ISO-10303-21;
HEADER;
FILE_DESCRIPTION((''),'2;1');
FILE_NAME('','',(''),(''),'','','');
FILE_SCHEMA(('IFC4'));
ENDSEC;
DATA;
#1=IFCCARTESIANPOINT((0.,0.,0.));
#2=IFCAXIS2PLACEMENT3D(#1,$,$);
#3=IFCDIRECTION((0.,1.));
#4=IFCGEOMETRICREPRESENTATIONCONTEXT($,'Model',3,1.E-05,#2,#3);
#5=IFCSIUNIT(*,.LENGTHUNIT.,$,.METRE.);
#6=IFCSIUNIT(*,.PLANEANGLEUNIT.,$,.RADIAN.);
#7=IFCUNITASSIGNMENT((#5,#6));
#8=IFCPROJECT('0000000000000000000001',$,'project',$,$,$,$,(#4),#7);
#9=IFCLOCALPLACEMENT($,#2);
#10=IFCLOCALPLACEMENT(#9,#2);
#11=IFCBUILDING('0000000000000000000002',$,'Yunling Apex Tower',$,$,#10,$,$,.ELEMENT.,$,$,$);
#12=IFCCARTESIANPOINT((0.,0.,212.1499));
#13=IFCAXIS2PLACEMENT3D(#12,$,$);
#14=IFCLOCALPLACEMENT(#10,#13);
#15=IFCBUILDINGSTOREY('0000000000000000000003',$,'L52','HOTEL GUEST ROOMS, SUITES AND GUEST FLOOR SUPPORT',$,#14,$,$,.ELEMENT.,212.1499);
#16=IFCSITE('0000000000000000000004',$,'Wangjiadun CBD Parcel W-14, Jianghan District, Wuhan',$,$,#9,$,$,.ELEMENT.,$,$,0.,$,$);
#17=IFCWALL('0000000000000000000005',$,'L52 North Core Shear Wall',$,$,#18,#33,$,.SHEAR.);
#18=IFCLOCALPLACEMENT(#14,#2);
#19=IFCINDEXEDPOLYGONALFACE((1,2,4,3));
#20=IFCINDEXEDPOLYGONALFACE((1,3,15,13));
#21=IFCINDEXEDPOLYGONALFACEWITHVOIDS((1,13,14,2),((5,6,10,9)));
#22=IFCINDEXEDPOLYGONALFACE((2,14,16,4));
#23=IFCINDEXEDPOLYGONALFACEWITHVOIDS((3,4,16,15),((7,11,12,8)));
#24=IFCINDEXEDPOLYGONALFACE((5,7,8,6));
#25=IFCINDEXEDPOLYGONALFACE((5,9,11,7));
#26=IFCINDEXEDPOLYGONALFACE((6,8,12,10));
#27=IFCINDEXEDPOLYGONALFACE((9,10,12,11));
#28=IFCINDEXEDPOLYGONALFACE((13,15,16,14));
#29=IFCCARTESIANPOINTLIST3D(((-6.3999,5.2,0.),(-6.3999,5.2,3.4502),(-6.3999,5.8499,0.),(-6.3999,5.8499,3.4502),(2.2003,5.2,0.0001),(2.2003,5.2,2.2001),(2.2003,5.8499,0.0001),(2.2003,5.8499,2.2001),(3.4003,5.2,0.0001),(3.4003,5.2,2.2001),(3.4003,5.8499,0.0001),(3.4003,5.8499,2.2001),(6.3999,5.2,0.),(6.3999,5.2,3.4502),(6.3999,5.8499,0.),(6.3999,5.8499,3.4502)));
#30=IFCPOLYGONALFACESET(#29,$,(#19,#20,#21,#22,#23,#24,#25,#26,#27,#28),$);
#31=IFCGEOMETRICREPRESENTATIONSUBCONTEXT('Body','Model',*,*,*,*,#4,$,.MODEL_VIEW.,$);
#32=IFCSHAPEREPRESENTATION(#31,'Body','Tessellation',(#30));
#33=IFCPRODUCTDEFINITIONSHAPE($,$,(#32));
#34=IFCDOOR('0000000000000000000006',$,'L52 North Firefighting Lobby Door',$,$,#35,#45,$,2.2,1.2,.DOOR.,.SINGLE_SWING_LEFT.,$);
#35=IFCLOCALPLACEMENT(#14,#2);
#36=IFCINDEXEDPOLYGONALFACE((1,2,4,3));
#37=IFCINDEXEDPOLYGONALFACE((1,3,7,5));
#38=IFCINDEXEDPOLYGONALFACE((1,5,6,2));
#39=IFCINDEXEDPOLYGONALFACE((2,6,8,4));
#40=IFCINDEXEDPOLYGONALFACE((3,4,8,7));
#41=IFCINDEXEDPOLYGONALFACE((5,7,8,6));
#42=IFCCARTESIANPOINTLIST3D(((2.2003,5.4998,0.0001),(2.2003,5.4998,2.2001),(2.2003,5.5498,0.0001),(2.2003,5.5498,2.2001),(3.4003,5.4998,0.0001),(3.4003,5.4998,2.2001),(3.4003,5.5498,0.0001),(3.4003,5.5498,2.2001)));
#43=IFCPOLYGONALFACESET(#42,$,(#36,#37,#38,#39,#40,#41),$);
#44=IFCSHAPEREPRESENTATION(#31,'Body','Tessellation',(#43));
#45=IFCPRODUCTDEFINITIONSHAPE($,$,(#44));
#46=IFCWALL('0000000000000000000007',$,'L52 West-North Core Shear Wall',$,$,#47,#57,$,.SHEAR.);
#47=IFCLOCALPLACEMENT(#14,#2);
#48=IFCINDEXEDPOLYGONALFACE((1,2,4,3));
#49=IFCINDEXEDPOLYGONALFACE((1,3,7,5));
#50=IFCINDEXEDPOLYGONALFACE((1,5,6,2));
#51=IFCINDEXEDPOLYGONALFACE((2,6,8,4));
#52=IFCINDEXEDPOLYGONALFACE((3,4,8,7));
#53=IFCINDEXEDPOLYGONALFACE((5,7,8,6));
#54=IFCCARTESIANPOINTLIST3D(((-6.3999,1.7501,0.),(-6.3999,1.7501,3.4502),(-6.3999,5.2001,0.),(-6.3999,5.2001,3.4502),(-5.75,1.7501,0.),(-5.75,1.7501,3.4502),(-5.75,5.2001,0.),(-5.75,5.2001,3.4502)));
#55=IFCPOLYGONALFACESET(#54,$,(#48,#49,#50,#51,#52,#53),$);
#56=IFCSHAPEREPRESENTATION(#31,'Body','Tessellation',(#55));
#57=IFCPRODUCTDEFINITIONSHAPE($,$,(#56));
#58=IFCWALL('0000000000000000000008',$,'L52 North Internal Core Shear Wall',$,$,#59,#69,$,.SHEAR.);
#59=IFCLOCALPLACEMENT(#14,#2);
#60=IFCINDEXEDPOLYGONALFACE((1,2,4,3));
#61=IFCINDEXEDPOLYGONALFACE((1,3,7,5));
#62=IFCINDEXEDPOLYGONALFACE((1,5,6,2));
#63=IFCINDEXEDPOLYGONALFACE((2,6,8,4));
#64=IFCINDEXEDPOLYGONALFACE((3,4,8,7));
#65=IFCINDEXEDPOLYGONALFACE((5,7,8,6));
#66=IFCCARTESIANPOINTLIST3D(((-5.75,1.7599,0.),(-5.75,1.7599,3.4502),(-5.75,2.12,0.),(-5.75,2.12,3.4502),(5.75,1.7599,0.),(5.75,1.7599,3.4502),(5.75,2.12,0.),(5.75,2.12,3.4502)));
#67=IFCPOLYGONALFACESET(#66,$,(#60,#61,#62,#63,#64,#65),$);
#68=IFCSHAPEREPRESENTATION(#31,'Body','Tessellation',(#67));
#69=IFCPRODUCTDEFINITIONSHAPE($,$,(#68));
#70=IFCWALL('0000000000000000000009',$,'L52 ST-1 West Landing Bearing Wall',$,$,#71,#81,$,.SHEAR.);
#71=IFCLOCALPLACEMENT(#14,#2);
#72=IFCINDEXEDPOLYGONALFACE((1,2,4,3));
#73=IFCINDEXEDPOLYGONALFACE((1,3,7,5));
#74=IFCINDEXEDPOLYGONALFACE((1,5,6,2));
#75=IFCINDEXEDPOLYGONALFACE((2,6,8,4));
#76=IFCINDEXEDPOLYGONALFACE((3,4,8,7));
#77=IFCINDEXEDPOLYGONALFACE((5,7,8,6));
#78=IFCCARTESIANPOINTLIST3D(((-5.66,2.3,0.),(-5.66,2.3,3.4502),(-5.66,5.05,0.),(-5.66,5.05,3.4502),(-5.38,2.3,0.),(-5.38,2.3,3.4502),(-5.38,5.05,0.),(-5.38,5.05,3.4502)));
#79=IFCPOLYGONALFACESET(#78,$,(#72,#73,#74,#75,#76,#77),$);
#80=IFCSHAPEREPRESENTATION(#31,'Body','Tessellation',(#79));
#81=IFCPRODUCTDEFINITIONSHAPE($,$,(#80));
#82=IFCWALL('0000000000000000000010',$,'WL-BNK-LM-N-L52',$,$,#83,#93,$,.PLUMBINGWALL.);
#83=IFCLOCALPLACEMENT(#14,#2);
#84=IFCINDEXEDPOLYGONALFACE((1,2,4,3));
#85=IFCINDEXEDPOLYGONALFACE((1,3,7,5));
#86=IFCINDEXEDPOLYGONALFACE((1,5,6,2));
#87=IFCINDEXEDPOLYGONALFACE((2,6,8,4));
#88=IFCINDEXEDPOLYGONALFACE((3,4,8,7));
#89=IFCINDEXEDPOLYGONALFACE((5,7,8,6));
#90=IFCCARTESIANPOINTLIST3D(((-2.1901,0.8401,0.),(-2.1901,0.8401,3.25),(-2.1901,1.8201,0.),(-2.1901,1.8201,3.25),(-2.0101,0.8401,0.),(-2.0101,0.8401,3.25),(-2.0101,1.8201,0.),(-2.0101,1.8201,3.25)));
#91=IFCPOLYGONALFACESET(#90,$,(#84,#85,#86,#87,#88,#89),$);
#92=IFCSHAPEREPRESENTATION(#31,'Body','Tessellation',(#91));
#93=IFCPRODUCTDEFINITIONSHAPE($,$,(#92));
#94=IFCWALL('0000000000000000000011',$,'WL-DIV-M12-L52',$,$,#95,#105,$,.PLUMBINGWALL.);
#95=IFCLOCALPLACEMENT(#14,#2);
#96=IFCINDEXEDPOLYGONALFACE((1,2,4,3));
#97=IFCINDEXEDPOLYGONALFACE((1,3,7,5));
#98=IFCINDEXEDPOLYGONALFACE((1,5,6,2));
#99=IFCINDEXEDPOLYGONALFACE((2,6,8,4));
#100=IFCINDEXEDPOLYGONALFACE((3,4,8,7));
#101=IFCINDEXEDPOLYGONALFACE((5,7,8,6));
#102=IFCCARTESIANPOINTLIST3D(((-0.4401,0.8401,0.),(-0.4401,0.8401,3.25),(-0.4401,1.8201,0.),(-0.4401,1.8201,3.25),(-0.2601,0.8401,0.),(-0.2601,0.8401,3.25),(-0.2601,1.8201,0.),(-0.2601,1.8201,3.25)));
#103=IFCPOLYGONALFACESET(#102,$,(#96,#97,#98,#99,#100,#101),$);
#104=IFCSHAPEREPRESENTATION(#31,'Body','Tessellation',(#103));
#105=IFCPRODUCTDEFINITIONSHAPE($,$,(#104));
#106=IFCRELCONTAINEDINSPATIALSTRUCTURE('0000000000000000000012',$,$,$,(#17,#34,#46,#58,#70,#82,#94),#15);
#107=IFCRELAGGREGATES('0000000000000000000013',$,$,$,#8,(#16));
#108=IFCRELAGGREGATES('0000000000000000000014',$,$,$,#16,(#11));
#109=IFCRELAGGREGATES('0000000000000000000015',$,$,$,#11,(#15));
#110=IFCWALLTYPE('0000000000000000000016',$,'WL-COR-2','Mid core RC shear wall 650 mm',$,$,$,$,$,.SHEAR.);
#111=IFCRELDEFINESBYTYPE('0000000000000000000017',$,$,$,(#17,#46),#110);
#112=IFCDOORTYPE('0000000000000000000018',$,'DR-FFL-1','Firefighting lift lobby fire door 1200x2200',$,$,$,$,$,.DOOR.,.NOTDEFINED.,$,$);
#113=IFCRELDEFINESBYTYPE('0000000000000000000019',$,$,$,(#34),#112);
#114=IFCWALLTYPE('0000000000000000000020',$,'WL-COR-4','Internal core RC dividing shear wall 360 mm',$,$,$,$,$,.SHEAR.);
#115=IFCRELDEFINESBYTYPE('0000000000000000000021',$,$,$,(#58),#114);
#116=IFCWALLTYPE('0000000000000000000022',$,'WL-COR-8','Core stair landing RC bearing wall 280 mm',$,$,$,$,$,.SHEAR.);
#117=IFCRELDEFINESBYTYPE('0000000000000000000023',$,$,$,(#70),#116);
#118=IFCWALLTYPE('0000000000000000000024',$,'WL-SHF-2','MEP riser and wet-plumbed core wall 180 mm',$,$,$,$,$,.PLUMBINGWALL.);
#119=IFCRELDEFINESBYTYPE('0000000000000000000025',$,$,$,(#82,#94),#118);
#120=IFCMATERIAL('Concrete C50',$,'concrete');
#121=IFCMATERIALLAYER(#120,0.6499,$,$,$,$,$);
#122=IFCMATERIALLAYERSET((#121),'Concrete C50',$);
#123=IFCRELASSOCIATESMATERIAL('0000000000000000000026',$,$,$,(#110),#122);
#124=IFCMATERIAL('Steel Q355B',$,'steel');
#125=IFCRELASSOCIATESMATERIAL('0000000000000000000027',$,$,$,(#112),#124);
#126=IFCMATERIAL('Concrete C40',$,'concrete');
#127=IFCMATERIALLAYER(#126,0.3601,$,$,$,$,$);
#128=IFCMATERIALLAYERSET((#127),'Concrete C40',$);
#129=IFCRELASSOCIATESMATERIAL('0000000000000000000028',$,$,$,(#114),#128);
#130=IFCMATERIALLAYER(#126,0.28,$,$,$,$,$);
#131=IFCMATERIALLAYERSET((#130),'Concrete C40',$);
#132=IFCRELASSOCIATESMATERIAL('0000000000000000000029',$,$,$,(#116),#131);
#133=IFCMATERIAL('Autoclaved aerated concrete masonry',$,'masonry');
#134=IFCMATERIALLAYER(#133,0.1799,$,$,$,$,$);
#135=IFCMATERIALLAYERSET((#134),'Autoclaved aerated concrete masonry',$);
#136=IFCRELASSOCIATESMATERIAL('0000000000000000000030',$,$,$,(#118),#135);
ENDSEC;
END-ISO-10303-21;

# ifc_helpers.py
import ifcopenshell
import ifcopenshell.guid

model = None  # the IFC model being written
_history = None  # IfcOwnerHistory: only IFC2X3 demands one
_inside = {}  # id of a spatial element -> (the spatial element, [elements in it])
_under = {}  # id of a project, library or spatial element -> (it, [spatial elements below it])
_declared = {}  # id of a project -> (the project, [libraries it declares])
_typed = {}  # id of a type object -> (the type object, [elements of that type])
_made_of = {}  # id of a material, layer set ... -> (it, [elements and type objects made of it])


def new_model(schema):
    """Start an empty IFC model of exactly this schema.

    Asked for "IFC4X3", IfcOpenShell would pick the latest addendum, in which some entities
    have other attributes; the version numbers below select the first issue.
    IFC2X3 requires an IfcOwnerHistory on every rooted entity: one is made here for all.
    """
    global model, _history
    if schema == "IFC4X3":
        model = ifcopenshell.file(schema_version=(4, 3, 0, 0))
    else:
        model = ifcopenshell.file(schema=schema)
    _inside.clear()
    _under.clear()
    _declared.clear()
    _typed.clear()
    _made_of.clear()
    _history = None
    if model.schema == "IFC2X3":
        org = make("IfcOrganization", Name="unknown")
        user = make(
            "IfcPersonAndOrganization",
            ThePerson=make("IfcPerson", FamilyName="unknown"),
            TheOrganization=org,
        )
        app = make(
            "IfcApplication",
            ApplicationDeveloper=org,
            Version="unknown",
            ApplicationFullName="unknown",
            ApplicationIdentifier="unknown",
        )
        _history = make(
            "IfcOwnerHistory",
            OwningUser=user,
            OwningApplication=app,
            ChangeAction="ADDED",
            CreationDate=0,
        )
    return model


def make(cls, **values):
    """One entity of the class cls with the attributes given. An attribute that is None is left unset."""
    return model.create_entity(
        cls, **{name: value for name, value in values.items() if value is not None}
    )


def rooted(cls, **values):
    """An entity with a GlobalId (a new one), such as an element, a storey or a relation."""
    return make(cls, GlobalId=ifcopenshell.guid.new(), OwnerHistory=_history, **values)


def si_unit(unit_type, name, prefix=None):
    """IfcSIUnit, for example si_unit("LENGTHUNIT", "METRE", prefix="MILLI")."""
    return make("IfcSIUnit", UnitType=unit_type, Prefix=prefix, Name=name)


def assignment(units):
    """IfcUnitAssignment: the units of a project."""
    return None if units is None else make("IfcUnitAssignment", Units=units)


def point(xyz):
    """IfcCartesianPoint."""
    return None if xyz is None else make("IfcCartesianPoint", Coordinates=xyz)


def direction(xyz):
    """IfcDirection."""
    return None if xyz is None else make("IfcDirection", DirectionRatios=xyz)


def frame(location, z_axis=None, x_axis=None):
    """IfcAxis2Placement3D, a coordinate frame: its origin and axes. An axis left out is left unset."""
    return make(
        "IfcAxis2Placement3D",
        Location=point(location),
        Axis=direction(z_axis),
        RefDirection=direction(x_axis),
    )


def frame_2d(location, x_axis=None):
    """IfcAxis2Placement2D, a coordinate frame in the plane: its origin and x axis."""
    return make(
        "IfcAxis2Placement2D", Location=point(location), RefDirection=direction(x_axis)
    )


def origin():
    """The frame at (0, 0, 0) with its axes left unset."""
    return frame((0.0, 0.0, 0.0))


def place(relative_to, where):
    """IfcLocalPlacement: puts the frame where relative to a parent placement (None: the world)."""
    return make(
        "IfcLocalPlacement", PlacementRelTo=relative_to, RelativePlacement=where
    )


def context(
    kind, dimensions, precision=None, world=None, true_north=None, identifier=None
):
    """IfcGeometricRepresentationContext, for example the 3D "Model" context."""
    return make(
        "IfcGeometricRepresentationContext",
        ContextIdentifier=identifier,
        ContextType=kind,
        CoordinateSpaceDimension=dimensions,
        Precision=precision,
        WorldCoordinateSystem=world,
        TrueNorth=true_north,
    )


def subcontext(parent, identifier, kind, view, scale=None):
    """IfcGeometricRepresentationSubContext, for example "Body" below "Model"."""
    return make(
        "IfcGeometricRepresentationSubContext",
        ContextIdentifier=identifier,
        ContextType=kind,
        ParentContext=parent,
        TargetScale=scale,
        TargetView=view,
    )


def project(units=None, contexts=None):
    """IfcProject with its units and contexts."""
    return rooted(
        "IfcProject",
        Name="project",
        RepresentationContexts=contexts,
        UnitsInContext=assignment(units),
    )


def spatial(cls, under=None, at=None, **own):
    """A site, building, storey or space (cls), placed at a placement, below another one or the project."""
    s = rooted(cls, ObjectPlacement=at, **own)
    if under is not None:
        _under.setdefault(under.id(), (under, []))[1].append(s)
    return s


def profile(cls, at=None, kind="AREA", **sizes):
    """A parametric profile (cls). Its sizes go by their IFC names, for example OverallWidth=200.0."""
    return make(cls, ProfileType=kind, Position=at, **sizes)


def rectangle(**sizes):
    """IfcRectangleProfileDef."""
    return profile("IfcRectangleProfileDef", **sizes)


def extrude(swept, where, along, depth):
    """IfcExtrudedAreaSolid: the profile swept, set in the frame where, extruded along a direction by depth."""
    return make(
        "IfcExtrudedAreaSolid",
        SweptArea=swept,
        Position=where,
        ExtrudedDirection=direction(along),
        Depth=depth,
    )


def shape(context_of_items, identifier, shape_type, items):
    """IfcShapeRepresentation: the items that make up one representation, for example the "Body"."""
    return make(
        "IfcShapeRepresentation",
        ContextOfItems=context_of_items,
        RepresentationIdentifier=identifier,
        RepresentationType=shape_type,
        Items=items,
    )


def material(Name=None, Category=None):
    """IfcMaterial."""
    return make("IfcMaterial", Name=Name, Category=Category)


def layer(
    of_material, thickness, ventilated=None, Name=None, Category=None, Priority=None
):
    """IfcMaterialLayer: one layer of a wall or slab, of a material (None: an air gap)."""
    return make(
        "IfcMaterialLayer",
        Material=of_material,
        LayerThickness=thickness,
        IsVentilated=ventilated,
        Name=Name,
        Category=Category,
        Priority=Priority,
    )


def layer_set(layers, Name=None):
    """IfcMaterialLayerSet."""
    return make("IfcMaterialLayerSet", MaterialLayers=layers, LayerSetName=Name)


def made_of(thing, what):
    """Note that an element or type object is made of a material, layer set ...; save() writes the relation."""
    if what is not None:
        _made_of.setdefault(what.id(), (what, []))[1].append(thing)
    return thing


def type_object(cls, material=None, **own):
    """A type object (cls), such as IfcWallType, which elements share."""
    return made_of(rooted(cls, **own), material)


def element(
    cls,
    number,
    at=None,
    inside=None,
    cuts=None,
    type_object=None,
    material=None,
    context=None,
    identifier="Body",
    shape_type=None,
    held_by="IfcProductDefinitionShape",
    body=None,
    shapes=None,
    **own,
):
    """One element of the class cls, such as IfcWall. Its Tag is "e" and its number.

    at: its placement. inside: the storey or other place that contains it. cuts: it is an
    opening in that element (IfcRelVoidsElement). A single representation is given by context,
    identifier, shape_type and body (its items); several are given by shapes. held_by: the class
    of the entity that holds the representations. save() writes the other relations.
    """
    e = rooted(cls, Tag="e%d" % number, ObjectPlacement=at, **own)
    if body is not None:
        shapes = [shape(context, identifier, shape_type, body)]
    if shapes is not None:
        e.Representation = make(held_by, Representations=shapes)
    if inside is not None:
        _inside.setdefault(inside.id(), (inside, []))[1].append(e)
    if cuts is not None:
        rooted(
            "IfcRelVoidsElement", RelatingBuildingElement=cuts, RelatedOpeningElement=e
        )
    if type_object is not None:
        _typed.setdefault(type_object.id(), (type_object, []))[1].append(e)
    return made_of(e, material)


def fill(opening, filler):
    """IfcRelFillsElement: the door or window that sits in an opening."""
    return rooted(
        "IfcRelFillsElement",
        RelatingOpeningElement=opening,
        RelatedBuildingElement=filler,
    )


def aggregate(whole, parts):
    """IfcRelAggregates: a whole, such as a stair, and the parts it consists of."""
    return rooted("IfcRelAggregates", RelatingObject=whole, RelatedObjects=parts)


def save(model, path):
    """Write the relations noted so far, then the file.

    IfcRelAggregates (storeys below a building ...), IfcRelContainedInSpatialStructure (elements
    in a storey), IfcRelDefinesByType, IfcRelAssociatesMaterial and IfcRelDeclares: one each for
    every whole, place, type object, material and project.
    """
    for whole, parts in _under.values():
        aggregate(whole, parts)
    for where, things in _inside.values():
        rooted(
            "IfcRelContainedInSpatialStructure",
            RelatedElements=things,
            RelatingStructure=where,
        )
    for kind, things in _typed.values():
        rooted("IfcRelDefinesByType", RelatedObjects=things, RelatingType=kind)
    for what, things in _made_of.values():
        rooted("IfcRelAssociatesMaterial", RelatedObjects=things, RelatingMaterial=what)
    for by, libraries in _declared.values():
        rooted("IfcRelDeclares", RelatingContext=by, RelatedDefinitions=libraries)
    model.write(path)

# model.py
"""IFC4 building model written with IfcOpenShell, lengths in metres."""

from ifc_helpers import new_model, si_unit, direction, frame, frame_2d, origin, place, context, subcontext, project, spatial, rectangle, extrude, material, layer, layer_set, type_object, element, fill, save


model = new_model("IFC4")

# Units and contexts
model_context = context("Model", 3, precision=1e-05, world=origin(), true_north=direction((0.0, 1.0)))
body_context = subcontext(model_context, "Body", "Model", "MODEL_VIEW")
ifc_project = project(units=[si_unit("LENGTHUNIT", "METRE"), si_unit("PLANEANGLEUNIT", "RADIAN")], contexts=[model_context])

# Site, building, storey
site_placement = place(None, origin())
site = spatial("IfcSite", under=ifc_project, at=site_placement, Name="Wangjiadun CBD Parcel W-14, Jianghan District, Wuhan", CompositionType="ELEMENT", RefElevation=0.0)
building_placement = place(site_placement, origin())
building = spatial("IfcBuilding", under=site, at=building_placement, Name="Yunling Apex Tower", CompositionType="ELEMENT")
storey_placement = place(building_placement, frame((0.0, 0.0, 212.1499)))
storey = spatial("IfcBuildingStorey", under=building, at=storey_placement, Name="L52", Description="HOTEL GUEST ROOMS, SUITES AND GUEST FLOOR SUPPORT", CompositionType="ELEMENT", Elevation=212.1499)

# Shared definitions
ifc_material_1 = material(Name="Concrete C50", Category="concrete")

# Shared definitions
ifc_material_2 = material(Name="Steel Q355B", Category="steel")

# Wall, opening, door
ifc_layer_1 = layer(ifc_material_1, 0.6499)
ifc_layer_set_1 = layer_set([ifc_layer_1], Name="Concrete C50")
wall_type_1 = type_object("IfcWallType", Name="WL-COR-2", Description="Mid core RC shear wall 650 mm", PredefinedType="SHEAR", material=ifc_layer_set_1)
wall_1_placement = place(storey_placement, frame((-6.3999, 5.5249, 0.0), z_axis=(0.0, 0.0, 1.0), x_axis=(1.0, 0.0, 0.0)))
wall_1 = element("IfcWall", 1, at=wall_1_placement, inside=storey, type_object=wall_type_1, Name="L52 North Core Shear Wall", PredefinedType="SHEAR", context=body_context, shape_type="SweptSolid", body=[
    extrude(rectangle(XDim=12.7998, YDim=0.6499, at=frame_2d((6.3999, 0.0))), origin(), (0.0, 0.0, 1.0), 3.4502),
])
opening_1_placement = place(wall_1_placement, frame((8.6001, 0.0, 0.0)))
opening_1 = element("IfcOpeningElement", 2, at=opening_1_placement, cuts=wall_1, PredefinedType="OPENING", context=body_context, shape_type="SweptSolid", body=[
    extrude(rectangle(XDim=1.2, YDim=2.2, at=frame_2d((0.6001, 1.1001))), frame((0.0, 0.335, 0.0), z_axis=(0.0, -1.0, 0.0), x_axis=(1.0, 0.0, 0.0)), (0.0, 0.0, 1.0), 0.6699),
])
door_type_1 = type_object("IfcDoorType", Name="DR-FFL-1", Description="Firefighting lift lobby fire door 1200x2200", OperationType="NOTDEFINED", PredefinedType="DOOR", material=ifc_material_2)
door_1_placement = place(opening_1_placement, origin())
door_1 = element("IfcDoor", 3, at=door_1_placement, inside=storey, type_object=door_type_1, Name="L52 North Firefighting Lobby Door", OperationType="SINGLE_SWING_LEFT", OverallHeight=2.2, OverallWidth=1.2, PredefinedType="DOOR", context=body_context, shape_type="SweptSolid", body=[
    extrude(rectangle(XDim=1.2, YDim=2.2, at=frame_2d((0.6001, 1.1001))), frame((0.0, 0.0249, 0.0), z_axis=(0.0, -1.0, 0.0), x_axis=(1.0, 0.0, 0.0)), (0.0, 0.0, 1.0), 0.05),
])
fill(opening_1, door_1)

# Walls
wall_2_placement = place(storey_placement, frame((-6.075, 1.75, 0.0), z_axis=(0.0, 0.0, 1.0), x_axis=(0.0, 1.0, 0.0)))
element("IfcWall", 4, at=wall_2_placement, inside=storey, type_object=wall_type_1, Name="L52 West-North Core Shear Wall", PredefinedType="SHEAR", context=body_context, shape_type="SweptSolid", body=[
    extrude(rectangle(XDim=3.45, YDim=0.6499, at=frame_2d((1.7251, 0.0))), origin(), (0.0, 0.0, 1.0), 3.4502),
])
ifc_material_3 = material(Name="Concrete C40", Category="concrete")
ifc_layer_2 = layer(ifc_material_3, 0.3601)
ifc_layer_set_2 = layer_set([ifc_layer_2], Name="Concrete C40")
wall_type_2 = type_object("IfcWallType", Name="WL-COR-4", Description="Internal core RC dividing shear wall 360 mm", PredefinedType="SHEAR", material=ifc_layer_set_2)
wall_3_placement = place(storey_placement, frame((-5.75, 1.9399, 0.0), z_axis=(0.0, 0.0, 1.0), x_axis=(1.0, 0.0, 0.0)))
element("IfcWall", 5, at=wall_3_placement, inside=storey, type_object=wall_type_2, Name="L52 North Internal Core Shear Wall", PredefinedType="SHEAR", context=body_context, shape_type="SweptSolid", body=[
    extrude(rectangle(XDim=11.5, YDim=0.3601, at=frame_2d((5.75, 0.0))), origin(), (0.0, 0.0, 1.0), 3.4502),
])
ifc_layer_3 = layer(ifc_material_3, 0.28)
ifc_layer_set_3 = layer_set([ifc_layer_3], Name="Concrete C40")
wall_type_3 = type_object("IfcWallType", Name="WL-COR-8", Description="Core stair landing RC bearing wall 280 mm", PredefinedType="SHEAR", material=ifc_layer_set_3)
wall_4_placement = place(storey_placement, frame((-5.52, 2.3, 0.0), z_axis=(0.0, 0.0, 1.0), x_axis=(0.0, 1.0, 0.0)))
element("IfcWall", 6, at=wall_4_placement, inside=storey, type_object=wall_type_3, Name="L52 ST-1 West Landing Bearing Wall", PredefinedType="SHEAR", context=body_context, shape_type="SweptSolid", body=[
    extrude(rectangle(XDim=2.75, YDim=0.28, at=frame_2d((1.375, 0.0))), origin(), (0.0, 0.0, 1.0), 3.4502),
])
ifc_material_4 = material(Name="Autoclaved aerated concrete masonry", Category="masonry")
ifc_layer_4 = layer(ifc_material_4, 0.1799)
ifc_layer_set_4 = layer_set([ifc_layer_4], Name="Autoclaved aerated concrete masonry")
wall_type_4 = type_object("IfcWallType", Name="WL-SHF-2", Description="MEP riser and wet-plumbed core wall 180 mm", PredefinedType="PLUMBINGWALL", material=ifc_layer_set_4)
for number, where, z_axis, x_axis, name in (
    (7, (-2.1001, 0.8401, 0.0), (0.0, 0.0, 1.0), (0.0, 1.0, 0.0), "WL-BNK-LM-N-L52"),
    (8, (-0.3501, 0.8401, 0.0), (0.0, 0.0, 1.0), (0.0, 1.0, 0.0), "WL-DIV-M12-L52"),
):
    element("IfcWall", number, at=place(storey_placement, frame(where, z_axis=z_axis, x_axis=x_axis)), inside=storey, type_object=wall_type_4, Name=name, PredefinedType="PLUMBINGWALL", context=body_context, shape_type="SweptSolid", body=[
        extrude(rectangle(XDim=0.98, YDim=0.1799, at=frame_2d((0.49, 0.0))), origin(), (0.0, 0.0, 1.0), 3.25),
    ])

save(model, "model.ifc")
